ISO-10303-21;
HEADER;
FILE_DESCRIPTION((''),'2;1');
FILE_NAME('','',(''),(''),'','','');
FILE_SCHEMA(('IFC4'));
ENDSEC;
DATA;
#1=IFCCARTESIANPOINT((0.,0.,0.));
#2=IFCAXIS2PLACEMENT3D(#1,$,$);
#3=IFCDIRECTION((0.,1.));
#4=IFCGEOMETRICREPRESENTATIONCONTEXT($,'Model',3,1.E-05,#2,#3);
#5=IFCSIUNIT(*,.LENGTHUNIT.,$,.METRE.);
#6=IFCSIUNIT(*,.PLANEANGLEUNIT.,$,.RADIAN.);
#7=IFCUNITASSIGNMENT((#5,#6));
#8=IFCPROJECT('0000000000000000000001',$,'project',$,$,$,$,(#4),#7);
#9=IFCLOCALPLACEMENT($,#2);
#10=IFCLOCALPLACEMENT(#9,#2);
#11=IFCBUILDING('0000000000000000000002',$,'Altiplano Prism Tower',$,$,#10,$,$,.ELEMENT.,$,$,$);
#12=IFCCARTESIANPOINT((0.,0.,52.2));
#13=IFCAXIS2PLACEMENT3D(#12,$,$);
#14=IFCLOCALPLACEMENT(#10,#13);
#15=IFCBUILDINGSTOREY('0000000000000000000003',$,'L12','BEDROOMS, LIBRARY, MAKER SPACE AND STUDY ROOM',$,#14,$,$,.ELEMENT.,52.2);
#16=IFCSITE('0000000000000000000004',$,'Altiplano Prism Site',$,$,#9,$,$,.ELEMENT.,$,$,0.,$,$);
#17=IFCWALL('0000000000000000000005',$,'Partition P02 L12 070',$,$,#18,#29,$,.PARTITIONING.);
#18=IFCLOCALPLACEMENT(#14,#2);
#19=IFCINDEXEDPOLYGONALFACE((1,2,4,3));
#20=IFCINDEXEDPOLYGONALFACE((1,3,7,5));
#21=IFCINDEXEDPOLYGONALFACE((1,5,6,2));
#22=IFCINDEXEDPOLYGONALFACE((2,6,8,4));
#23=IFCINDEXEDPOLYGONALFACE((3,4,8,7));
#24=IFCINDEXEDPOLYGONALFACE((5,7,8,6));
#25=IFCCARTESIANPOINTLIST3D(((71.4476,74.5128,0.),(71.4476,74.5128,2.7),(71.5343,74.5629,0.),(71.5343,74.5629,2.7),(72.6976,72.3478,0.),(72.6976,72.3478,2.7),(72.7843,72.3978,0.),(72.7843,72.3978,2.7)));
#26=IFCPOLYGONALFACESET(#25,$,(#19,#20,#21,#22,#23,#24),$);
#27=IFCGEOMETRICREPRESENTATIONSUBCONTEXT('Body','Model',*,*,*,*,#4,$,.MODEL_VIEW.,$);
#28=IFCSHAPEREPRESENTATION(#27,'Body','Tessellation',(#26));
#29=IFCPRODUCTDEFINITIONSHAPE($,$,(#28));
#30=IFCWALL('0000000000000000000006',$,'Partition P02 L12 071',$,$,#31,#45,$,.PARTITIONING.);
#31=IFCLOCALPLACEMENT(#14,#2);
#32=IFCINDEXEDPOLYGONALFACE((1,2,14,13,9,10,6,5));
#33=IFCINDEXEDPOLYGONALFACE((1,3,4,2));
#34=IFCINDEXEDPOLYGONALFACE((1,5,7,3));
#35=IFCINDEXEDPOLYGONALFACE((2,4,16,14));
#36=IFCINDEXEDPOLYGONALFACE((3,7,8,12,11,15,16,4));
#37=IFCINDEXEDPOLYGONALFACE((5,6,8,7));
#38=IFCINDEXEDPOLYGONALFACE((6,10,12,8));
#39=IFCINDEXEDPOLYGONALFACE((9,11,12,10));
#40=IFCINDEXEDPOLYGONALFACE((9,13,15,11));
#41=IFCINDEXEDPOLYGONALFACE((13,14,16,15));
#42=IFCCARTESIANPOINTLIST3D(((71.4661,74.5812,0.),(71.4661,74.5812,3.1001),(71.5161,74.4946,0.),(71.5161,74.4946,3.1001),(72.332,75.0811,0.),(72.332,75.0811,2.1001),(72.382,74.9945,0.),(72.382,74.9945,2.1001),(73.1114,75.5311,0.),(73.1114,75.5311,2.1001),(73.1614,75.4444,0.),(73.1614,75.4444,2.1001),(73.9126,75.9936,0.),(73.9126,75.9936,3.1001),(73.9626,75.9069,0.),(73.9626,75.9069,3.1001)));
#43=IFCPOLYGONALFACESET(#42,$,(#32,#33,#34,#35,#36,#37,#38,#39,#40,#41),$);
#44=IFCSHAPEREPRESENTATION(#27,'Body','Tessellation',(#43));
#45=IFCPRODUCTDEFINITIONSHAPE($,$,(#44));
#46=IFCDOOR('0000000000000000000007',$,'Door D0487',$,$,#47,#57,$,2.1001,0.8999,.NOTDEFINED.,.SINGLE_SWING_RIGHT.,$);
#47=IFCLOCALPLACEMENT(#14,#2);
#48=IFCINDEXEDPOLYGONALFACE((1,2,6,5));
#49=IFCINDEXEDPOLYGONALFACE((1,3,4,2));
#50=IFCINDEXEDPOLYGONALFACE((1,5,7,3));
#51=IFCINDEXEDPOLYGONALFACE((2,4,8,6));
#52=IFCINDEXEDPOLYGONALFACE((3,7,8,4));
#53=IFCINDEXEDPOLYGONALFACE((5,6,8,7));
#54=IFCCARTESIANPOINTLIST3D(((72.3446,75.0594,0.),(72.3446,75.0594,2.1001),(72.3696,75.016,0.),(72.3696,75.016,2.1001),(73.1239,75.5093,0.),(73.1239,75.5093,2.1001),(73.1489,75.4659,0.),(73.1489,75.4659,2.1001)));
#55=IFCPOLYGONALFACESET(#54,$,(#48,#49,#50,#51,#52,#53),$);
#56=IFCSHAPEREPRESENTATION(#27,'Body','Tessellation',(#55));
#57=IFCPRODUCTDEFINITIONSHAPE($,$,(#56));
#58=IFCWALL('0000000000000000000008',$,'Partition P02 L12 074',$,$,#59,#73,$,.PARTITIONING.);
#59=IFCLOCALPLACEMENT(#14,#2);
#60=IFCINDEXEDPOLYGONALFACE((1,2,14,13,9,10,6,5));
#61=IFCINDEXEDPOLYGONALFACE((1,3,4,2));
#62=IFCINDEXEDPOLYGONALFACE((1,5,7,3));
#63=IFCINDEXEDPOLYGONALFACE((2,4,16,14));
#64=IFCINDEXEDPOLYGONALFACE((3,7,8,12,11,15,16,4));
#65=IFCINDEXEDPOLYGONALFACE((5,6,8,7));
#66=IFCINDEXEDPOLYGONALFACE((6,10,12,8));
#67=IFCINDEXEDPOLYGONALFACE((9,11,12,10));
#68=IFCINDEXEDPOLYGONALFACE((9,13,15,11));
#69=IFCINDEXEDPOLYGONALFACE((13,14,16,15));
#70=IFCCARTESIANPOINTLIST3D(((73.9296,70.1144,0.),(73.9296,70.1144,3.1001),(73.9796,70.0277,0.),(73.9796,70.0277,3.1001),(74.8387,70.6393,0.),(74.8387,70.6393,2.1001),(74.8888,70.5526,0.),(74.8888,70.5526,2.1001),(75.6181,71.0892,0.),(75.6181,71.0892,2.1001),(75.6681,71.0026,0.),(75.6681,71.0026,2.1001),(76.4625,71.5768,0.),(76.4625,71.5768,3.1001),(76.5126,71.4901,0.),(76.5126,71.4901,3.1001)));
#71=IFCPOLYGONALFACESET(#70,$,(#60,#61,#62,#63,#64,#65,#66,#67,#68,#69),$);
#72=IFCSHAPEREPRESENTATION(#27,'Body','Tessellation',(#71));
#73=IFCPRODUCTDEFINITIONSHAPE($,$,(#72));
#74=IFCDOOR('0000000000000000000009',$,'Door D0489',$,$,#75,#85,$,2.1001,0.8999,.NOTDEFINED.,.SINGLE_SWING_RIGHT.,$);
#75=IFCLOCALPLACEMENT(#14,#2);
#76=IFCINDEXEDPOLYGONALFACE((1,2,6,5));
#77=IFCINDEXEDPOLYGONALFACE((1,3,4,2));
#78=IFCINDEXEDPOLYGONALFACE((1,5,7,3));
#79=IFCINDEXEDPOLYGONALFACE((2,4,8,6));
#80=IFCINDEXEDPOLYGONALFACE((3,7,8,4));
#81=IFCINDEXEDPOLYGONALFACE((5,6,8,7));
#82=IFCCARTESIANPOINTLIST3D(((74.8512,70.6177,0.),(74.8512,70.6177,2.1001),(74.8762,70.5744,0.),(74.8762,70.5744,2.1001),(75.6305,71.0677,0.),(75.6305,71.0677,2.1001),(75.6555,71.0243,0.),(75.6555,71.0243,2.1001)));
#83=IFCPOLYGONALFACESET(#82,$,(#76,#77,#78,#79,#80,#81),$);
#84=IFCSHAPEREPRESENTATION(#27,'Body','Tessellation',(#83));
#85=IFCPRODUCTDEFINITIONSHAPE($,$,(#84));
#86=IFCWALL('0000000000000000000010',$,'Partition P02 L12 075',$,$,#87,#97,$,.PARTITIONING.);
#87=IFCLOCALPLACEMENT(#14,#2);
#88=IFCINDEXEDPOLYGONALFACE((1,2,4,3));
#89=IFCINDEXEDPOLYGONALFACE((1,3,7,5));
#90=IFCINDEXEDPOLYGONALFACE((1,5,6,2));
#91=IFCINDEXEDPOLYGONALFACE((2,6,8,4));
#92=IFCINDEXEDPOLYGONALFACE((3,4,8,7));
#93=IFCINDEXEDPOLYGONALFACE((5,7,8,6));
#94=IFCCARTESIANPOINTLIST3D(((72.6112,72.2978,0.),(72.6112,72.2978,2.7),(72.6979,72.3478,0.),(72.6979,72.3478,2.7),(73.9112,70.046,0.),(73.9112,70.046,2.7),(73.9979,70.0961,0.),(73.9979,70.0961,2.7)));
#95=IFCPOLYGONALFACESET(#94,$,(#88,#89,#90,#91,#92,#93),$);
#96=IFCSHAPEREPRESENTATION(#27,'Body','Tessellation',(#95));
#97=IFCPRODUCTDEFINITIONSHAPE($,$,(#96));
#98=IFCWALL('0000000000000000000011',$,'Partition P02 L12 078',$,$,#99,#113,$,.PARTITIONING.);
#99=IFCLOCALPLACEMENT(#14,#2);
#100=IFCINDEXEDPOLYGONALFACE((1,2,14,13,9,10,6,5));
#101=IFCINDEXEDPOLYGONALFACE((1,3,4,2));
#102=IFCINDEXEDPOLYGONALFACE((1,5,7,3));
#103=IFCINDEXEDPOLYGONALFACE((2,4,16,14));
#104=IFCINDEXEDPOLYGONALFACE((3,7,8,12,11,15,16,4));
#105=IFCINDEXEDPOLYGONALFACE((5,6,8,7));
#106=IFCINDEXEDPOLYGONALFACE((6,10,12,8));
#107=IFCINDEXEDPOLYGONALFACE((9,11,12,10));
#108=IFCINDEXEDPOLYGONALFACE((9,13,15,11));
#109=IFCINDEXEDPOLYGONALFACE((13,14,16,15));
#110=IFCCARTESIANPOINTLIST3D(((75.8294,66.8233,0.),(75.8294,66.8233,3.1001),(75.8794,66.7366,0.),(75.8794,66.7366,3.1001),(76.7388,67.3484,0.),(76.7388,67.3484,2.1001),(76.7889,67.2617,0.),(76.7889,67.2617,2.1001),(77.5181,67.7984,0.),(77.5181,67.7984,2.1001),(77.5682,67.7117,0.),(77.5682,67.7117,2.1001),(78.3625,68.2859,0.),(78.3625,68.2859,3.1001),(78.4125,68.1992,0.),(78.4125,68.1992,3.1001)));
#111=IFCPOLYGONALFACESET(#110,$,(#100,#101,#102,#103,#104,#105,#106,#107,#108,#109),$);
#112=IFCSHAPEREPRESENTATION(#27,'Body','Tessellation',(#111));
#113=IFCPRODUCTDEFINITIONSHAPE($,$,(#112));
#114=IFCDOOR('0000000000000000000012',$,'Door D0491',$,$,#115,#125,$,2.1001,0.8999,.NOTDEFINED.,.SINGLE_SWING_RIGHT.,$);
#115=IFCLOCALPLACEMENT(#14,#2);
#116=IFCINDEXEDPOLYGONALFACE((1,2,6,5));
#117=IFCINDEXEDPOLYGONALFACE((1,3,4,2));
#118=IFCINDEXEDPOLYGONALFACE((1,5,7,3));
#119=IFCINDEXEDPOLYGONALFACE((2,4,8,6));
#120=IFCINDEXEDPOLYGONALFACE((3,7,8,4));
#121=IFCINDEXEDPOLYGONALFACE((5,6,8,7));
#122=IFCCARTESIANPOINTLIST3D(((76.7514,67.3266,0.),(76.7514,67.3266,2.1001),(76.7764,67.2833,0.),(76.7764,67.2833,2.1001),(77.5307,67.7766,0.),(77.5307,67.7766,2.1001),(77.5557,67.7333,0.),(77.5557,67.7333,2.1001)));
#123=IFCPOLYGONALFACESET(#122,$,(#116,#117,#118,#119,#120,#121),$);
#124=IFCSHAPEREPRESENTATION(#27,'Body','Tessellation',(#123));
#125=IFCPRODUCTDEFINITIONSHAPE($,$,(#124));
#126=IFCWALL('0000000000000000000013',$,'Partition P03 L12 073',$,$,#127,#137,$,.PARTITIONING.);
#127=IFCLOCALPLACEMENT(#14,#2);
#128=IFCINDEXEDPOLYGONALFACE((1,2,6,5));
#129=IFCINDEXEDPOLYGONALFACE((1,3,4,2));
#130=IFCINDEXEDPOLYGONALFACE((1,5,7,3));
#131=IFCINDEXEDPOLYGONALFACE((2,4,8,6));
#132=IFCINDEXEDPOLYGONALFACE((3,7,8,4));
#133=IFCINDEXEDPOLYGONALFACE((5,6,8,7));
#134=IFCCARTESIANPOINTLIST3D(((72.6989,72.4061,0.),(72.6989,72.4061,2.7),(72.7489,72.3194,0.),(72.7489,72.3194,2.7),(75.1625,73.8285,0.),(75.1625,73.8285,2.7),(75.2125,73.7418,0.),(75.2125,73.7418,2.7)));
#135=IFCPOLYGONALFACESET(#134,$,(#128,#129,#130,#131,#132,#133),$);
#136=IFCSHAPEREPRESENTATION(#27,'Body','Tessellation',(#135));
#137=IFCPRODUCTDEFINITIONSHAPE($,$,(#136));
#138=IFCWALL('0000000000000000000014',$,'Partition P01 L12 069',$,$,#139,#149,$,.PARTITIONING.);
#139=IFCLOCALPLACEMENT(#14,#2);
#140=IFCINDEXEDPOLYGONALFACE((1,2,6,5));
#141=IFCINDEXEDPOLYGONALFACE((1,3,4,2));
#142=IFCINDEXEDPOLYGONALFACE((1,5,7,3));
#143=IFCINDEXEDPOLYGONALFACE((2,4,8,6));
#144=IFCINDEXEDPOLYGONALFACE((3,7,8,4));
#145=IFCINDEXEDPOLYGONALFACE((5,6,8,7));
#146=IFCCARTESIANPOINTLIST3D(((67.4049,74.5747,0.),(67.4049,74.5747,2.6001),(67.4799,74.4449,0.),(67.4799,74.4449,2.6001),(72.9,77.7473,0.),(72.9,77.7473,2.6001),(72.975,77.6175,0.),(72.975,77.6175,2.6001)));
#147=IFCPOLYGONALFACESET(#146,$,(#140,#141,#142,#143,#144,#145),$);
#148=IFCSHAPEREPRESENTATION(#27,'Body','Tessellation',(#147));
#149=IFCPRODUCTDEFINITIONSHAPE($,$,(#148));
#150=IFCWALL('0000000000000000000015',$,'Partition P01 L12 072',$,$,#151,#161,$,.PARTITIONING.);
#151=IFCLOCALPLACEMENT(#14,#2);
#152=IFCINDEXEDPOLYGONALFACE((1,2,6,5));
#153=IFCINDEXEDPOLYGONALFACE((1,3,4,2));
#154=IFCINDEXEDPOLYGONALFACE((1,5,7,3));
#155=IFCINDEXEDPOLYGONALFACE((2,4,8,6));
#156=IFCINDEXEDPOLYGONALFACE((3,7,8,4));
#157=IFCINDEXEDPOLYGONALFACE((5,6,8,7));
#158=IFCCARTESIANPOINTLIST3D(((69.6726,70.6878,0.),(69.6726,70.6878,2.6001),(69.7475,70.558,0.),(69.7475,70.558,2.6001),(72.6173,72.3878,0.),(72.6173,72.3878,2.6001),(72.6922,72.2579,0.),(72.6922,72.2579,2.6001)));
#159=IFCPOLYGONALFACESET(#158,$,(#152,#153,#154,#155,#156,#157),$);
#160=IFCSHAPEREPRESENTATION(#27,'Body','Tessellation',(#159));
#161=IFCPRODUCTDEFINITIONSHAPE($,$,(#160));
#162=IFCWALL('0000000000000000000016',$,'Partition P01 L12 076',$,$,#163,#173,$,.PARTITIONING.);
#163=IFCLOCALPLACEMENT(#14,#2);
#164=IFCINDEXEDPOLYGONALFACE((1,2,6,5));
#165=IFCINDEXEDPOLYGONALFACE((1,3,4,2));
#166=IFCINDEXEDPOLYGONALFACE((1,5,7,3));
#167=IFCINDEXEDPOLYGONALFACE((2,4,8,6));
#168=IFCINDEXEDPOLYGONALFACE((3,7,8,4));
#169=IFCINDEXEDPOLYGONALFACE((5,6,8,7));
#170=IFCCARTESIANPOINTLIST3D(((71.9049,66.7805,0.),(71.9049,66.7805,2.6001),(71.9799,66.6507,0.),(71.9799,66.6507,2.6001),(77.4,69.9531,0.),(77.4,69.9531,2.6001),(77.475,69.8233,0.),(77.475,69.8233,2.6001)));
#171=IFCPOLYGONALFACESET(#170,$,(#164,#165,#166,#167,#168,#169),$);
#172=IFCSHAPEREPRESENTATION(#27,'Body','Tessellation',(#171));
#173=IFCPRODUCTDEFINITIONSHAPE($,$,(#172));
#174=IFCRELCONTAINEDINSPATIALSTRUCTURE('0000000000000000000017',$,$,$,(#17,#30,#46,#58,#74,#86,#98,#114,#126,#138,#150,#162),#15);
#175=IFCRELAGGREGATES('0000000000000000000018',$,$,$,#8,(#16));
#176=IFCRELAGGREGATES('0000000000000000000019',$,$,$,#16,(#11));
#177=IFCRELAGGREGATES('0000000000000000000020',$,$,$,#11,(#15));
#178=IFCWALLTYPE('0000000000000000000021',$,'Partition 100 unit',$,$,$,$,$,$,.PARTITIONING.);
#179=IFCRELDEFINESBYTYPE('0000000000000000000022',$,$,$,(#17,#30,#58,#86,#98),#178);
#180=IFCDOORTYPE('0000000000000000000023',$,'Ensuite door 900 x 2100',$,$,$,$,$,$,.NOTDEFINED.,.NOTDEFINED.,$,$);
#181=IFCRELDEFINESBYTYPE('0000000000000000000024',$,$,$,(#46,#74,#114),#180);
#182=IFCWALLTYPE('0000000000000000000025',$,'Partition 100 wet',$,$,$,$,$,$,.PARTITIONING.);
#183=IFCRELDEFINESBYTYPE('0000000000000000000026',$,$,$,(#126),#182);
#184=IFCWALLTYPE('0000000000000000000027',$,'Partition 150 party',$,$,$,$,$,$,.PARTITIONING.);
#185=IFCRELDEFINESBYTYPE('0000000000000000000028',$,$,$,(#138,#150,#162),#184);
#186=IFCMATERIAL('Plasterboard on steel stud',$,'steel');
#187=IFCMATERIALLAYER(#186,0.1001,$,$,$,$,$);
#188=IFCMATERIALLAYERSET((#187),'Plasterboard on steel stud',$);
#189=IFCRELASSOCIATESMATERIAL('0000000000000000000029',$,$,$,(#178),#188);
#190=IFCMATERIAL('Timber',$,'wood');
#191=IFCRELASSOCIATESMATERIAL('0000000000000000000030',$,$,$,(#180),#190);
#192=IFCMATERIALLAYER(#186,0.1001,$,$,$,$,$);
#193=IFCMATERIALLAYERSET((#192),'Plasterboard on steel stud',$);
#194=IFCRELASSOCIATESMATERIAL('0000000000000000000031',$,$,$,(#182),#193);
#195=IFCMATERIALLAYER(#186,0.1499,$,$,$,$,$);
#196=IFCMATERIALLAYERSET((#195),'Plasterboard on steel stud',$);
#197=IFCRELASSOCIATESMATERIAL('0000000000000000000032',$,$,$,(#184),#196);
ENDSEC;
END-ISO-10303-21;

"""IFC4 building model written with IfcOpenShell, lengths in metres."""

from ifc_helpers import new_model, si_unit, direction, frame, frame_2d, origin, place, context, subcontext, project, spatial, rectangle, extrude, material, layer, layer_set, type_object, element, fill, save


model = new_model("IFC4")

# Units and contexts
model_context = context("Model", 3, precision=1e-05, world=origin(), true_north=direction((0.0, 1.0)))
body_context = subcontext(model_context, "Body", "Model", "MODEL_VIEW")
ifc_project = project(units=[si_unit("LENGTHUNIT", "METRE"), si_unit("PLANEANGLEUNIT", "RADIAN")], contexts=[model_context])

# Site, building, storey
site_placement = place(None, origin())
site = spatial("IfcSite", under=ifc_project, at=site_placement, Name="Altiplano Prism Site", CompositionType="ELEMENT", RefElevation=0.0)
building_placement = place(site_placement, origin())
building = spatial("IfcBuilding", under=site, at=building_placement, Name="Altiplano Prism Tower", CompositionType="ELEMENT")
storey_placement = place(building_placement, frame((0.0, 0.0, 52.2)))
storey = spatial("IfcBuildingStorey", under=building, at=storey_placement, Name="L12", Description="BEDROOMS, LIBRARY, MAKER SPACE AND STUDY ROOM", CompositionType="ELEMENT", Elevation=52.2)

# Wall
ifc_material_1 = material(Name="Plasterboard on steel stud", Category="steel")
ifc_layer_1 = layer(ifc_material_1, 0.1001)
ifc_layer_set_1 = layer_set([ifc_layer_1], Name="Plasterboard on steel stud")
wall_type_1 = type_object("IfcWallType", Name="Partition 100 unit", PredefinedType="PARTITIONING", material=ifc_layer_set_1)
wall_1_placement = place(storey_placement, frame((72.741, 72.3728, 0.0), z_axis=(0.0, 0.0, 1.0), x_axis=(-0.500004, 0.866023, 0.0)))
element("IfcWall", 1, at=wall_1_placement, inside=storey, type_object=wall_type_1, Name="Partition P02 L12 070", PredefinedType="PARTITIONING", context=body_context, shape_type="SweptSolid", body=[
    extrude(rectangle(XDim=2.5, YDim=0.1001, at=frame_2d((1.25, 0.0))), origin(), (0.0, 0.0, 1.0), 2.7),
])

# Walls, openings, doors
wall_2_placement = place(storey_placement, frame((71.491, 74.5378, 0.0), z_axis=(0.0, 0.0, 1.0), x_axis=(0.866049, 0.499959, 0.0)))
wall_2 = element("IfcWall", 2, at=wall_2_placement, inside=storey, type_object=wall_type_1, Name="Partition P02 L12 071", PredefinedType="PARTITIONING", context=body_context, shape_type="SweptSolid", body=[
    extrude(rectangle(XDim=2.825, YDim=0.1001, at=frame_2d((1.4126, 0.0))), origin(), (0.0, 0.0, 1.0), 3.1001),
])
opening_1_placement = place(wall_2_placement, frame((1.0, 0.0, 0.0)))
opening_1 = element("IfcOpeningElement", 3, at=opening_1_placement, cuts=wall_2, PredefinedType="OPENING", context=body_context, shape_type="SweptSolid", body=[
    extrude(rectangle(XDim=0.8999, YDim=2.1001, at=frame_2d((0.45, 1.05))), frame((0.0, 0.0605, 0.0), z_axis=(0.0, -1.0, 0.0), x_axis=(1.0, 0.0, 0.0)), (0.0, 0.0, 1.0), 0.1211),
])
ifc_material_2 = material(Name="Timber", Category="wood")
door_type = type_object("IfcDoorType", Name="Ensuite door 900 x 2100", OperationType="NOTDEFINED", PredefinedType="NOTDEFINED", material=ifc_material_2)
door_1_placement = place(opening_1_placement, origin())
door_1 = element("IfcDoor", 4, at=door_1_placement, inside=storey, type_object=door_type, Name="Door D0487", OperationType="SINGLE_SWING_RIGHT", OverallHeight=2.1001, OverallWidth=0.8999, PredefinedType="NOTDEFINED", context=body_context, shape_type="SweptSolid", body=[
    extrude(rectangle(XDim=0.8999, YDim=2.1001, at=frame_2d((0.45, 1.05))), frame((0.0, 0.0249, 0.0), z_axis=(0.0, -1.0, 0.0), x_axis=(1.0, 0.0, 0.0)), (0.0, 0.0, 1.0), 0.05),
])
fill(opening_1, door_1)
wall_3_placement = place(storey_placement, frame((76.4875, 71.5334, 0.0), z_axis=(0.0, 0.0, 1.0), x_axis=(-0.866026, -0.499999, 0.0)))
wall_3 = element("IfcWall", 5, at=wall_3_placement, inside=storey, type_object=wall_type_1, Name="Partition P02 L12 074", PredefinedType="PARTITIONING", context=body_context, shape_type="SweptSolid", body=[
    extrude(rectangle(XDim=2.9248, YDim=0.1001, at=frame_2d((1.4624, 0.0))), origin(), (0.0, 0.0, 1.0), 3.1001),
])
opening_2_placement = place(wall_3_placement, frame((0.9751, 0.0, 0.0)))
opening_2 = element("IfcOpeningElement", 6, at=opening_2_placement, cuts=wall_3, PredefinedType="OPENING", context=body_context, shape_type="SweptSolid", body=[
    extrude(rectangle(XDim=0.8999, YDim=2.1001, at=frame_2d((0.45, 1.05))), frame((0.0, 0.0605, 0.0), z_axis=(0.0, -1.0, 0.0), x_axis=(1.0, 0.0, 0.0)), (0.0, 0.0, 1.0), 0.1211),
])
door_2_placement = place(opening_2_placement, origin())
door_2 = element("IfcDoor", 7, at=door_2_placement, inside=storey, type_object=door_type, Name="Door D0489", OperationType="SINGLE_SWING_RIGHT", OverallHeight=2.1001, OverallWidth=0.8999, PredefinedType="NOTDEFINED", context=body_context, shape_type="SweptSolid", body=[
    extrude(rectangle(XDim=0.8999, YDim=2.1001, at=frame_2d((0.45, 1.05))), frame((0.0, 0.0249, 0.0), z_axis=(0.0, -1.0, 0.0), x_axis=(1.0, 0.0, 0.0)), (0.0, 0.0, 1.0), 0.05),
])
fill(opening_2, door_2)

# Wall
wall_4_placement = place(storey_placement, frame((73.9546, 70.071, 0.0), z_axis=(0.0, 0.0, 1.0), x_axis=(-0.500007, 0.866021, 0.0)))
element("IfcWall", 8, at=wall_4_placement, inside=storey, type_object=wall_type_1, Name="Partition P02 L12 075", PredefinedType="PARTITIONING", context=body_context, shape_type="SweptSolid", body=[
    extrude(rectangle(XDim=2.6001, YDim=0.1001, at=frame_2d((1.3, 0.0))), origin(), (0.0, 0.0, 1.0), 2.7),
])

# Wall, opening, door
wall_5_placement = place(storey_placement, frame((75.8545, 66.78, 0.0), z_axis=(0.0, 0.0, 1.0), x_axis=(0.86601, 0.500026, 0.0)))
wall_5 = element("IfcWall", 9, at=wall_5_placement, inside=storey, type_object=wall_type_1, Name="Partition P02 L12 078", PredefinedType="PARTITIONING", context=body_context, shape_type="SweptSolid", body=[
    extrude(rectangle(XDim=2.925, YDim=0.1001, at=frame_2d((1.4624, 0.0))), origin(), (0.0, 0.0, 1.0), 3.1001),
])
opening_3_placement = place(wall_5_placement, frame((1.05, 0.0, 0.0)))
opening_3 = element("IfcOpeningElement", 10, at=opening_3_placement, cuts=wall_5, PredefinedType="OPENING", context=body_context, shape_type="SweptSolid", body=[
    extrude(rectangle(XDim=0.8999, YDim=2.1001, at=frame_2d((0.45, 1.05))), frame((0.0, 0.0605, 0.0), z_axis=(0.0, -1.0, 0.0), x_axis=(1.0, 0.0, 0.0)), (0.0, 0.0, 1.0), 0.1211),
])
door_3_placement = place(opening_3_placement, origin())
door_3 = element("IfcDoor", 11, at=door_3_placement, inside=storey, type_object=door_type, Name="Door D0491", OperationType="SINGLE_SWING_RIGHT", OverallHeight=2.1001, OverallWidth=0.8999, PredefinedType="NOTDEFINED", context=body_context, shape_type="SweptSolid", body=[
    extrude(rectangle(XDim=0.8999, YDim=2.1001, at=frame_2d((0.45, 1.05))), frame((0.0, 0.0249, 0.0), z_axis=(0.0, -1.0, 0.0), x_axis=(1.0, 0.0, 0.0)), (0.0, 0.0, 1.0), 0.05),
])
fill(opening_3, door_3)

# Walls
ifc_layer_2 = layer(ifc_material_1, 0.1001)
ifc_layer_set_2 = layer_set([ifc_layer_2], Name="Plasterboard on steel stud")
wall_type_2 = type_object("IfcWallType", Name="Partition 100 wet", PredefinedType="PARTITIONING", material=ifc_layer_set_2)
wall_6_placement = place(storey_placement, frame((72.7239, 72.3628, 0.0), z_axis=(0.0, 0.0, 1.0), x_axis=(0.866027, 0.499997, 0.0)))
element("IfcWall", 12, at=wall_6_placement, inside=storey, type_object=wall_type_2, Name="Partition P03 L12 073", PredefinedType="PARTITIONING", context=body_context, shape_type="SweptSolid", body=[
    extrude(rectangle(XDim=2.8447, YDim=0.1001, at=frame_2d((1.4224, 0.0))), origin(), (0.0, 0.0, 1.0), 2.7),
])
ifc_layer_3 = layer(ifc_material_1, 0.1499)
ifc_layer_set_3 = layer_set([ifc_layer_3], Name="Plasterboard on steel stud")
wall_type_3 = type_object("IfcWallType", Name="Partition 150 party", PredefinedType="PARTITIONING", material=ifc_layer_set_3)
wall_7_placement = place(storey_placement, frame((67.4424, 74.5098, 0.0), z_axis=(0.0, 0.0, 1.0), x_axis=(0.866025, 0.5, 0.0)))
element("IfcWall", 13, at=wall_7_placement, inside=storey, type_object=wall_type_3, Name="Partition P01 L12 069", PredefinedType="PARTITIONING", context=body_context, shape_type="SweptSolid", body=[
    extrude(rectangle(XDim=6.3452, YDim=0.1499, at=frame_2d((3.1726, 0.0))), origin(), (0.0, 0.0, 1.0), 2.6001),
])
wall_8_placement = place(storey_placement, frame((69.71, 70.6228, 0.0), z_axis=(0.0, 0.0, 1.0), x_axis=(0.866039, 0.499977, 0.0)))
element("IfcWall", 14, at=wall_8_placement, inside=storey, type_object=wall_type_3, Name="Partition P01 L12 072", PredefinedType="PARTITIONING", context=body_context, shape_type="SweptSolid", body=[
    extrude(rectangle(XDim=3.4001, YDim=0.1499, at=frame_2d((1.7002, 0.0))), origin(), (0.0, 0.0, 1.0), 2.6001),
])
wall_9_placement = place(storey_placement, frame((71.9424, 66.7156, 0.0), z_axis=(0.0, 0.0, 1.0), x_axis=(0.866025, 0.5, 0.0)))
element("IfcWall", 15, at=wall_9_placement, inside=storey, type_object=wall_type_3, Name="Partition P01 L12 076", PredefinedType="PARTITIONING", context=body_context, shape_type="SweptSolid", body=[
    extrude(rectangle(XDim=6.3452, YDim=0.1499, at=frame_2d((3.1726, 0.0))), origin(), (0.0, 0.0, 1.0), 2.6001),
])

save(model, "model.ifc")
